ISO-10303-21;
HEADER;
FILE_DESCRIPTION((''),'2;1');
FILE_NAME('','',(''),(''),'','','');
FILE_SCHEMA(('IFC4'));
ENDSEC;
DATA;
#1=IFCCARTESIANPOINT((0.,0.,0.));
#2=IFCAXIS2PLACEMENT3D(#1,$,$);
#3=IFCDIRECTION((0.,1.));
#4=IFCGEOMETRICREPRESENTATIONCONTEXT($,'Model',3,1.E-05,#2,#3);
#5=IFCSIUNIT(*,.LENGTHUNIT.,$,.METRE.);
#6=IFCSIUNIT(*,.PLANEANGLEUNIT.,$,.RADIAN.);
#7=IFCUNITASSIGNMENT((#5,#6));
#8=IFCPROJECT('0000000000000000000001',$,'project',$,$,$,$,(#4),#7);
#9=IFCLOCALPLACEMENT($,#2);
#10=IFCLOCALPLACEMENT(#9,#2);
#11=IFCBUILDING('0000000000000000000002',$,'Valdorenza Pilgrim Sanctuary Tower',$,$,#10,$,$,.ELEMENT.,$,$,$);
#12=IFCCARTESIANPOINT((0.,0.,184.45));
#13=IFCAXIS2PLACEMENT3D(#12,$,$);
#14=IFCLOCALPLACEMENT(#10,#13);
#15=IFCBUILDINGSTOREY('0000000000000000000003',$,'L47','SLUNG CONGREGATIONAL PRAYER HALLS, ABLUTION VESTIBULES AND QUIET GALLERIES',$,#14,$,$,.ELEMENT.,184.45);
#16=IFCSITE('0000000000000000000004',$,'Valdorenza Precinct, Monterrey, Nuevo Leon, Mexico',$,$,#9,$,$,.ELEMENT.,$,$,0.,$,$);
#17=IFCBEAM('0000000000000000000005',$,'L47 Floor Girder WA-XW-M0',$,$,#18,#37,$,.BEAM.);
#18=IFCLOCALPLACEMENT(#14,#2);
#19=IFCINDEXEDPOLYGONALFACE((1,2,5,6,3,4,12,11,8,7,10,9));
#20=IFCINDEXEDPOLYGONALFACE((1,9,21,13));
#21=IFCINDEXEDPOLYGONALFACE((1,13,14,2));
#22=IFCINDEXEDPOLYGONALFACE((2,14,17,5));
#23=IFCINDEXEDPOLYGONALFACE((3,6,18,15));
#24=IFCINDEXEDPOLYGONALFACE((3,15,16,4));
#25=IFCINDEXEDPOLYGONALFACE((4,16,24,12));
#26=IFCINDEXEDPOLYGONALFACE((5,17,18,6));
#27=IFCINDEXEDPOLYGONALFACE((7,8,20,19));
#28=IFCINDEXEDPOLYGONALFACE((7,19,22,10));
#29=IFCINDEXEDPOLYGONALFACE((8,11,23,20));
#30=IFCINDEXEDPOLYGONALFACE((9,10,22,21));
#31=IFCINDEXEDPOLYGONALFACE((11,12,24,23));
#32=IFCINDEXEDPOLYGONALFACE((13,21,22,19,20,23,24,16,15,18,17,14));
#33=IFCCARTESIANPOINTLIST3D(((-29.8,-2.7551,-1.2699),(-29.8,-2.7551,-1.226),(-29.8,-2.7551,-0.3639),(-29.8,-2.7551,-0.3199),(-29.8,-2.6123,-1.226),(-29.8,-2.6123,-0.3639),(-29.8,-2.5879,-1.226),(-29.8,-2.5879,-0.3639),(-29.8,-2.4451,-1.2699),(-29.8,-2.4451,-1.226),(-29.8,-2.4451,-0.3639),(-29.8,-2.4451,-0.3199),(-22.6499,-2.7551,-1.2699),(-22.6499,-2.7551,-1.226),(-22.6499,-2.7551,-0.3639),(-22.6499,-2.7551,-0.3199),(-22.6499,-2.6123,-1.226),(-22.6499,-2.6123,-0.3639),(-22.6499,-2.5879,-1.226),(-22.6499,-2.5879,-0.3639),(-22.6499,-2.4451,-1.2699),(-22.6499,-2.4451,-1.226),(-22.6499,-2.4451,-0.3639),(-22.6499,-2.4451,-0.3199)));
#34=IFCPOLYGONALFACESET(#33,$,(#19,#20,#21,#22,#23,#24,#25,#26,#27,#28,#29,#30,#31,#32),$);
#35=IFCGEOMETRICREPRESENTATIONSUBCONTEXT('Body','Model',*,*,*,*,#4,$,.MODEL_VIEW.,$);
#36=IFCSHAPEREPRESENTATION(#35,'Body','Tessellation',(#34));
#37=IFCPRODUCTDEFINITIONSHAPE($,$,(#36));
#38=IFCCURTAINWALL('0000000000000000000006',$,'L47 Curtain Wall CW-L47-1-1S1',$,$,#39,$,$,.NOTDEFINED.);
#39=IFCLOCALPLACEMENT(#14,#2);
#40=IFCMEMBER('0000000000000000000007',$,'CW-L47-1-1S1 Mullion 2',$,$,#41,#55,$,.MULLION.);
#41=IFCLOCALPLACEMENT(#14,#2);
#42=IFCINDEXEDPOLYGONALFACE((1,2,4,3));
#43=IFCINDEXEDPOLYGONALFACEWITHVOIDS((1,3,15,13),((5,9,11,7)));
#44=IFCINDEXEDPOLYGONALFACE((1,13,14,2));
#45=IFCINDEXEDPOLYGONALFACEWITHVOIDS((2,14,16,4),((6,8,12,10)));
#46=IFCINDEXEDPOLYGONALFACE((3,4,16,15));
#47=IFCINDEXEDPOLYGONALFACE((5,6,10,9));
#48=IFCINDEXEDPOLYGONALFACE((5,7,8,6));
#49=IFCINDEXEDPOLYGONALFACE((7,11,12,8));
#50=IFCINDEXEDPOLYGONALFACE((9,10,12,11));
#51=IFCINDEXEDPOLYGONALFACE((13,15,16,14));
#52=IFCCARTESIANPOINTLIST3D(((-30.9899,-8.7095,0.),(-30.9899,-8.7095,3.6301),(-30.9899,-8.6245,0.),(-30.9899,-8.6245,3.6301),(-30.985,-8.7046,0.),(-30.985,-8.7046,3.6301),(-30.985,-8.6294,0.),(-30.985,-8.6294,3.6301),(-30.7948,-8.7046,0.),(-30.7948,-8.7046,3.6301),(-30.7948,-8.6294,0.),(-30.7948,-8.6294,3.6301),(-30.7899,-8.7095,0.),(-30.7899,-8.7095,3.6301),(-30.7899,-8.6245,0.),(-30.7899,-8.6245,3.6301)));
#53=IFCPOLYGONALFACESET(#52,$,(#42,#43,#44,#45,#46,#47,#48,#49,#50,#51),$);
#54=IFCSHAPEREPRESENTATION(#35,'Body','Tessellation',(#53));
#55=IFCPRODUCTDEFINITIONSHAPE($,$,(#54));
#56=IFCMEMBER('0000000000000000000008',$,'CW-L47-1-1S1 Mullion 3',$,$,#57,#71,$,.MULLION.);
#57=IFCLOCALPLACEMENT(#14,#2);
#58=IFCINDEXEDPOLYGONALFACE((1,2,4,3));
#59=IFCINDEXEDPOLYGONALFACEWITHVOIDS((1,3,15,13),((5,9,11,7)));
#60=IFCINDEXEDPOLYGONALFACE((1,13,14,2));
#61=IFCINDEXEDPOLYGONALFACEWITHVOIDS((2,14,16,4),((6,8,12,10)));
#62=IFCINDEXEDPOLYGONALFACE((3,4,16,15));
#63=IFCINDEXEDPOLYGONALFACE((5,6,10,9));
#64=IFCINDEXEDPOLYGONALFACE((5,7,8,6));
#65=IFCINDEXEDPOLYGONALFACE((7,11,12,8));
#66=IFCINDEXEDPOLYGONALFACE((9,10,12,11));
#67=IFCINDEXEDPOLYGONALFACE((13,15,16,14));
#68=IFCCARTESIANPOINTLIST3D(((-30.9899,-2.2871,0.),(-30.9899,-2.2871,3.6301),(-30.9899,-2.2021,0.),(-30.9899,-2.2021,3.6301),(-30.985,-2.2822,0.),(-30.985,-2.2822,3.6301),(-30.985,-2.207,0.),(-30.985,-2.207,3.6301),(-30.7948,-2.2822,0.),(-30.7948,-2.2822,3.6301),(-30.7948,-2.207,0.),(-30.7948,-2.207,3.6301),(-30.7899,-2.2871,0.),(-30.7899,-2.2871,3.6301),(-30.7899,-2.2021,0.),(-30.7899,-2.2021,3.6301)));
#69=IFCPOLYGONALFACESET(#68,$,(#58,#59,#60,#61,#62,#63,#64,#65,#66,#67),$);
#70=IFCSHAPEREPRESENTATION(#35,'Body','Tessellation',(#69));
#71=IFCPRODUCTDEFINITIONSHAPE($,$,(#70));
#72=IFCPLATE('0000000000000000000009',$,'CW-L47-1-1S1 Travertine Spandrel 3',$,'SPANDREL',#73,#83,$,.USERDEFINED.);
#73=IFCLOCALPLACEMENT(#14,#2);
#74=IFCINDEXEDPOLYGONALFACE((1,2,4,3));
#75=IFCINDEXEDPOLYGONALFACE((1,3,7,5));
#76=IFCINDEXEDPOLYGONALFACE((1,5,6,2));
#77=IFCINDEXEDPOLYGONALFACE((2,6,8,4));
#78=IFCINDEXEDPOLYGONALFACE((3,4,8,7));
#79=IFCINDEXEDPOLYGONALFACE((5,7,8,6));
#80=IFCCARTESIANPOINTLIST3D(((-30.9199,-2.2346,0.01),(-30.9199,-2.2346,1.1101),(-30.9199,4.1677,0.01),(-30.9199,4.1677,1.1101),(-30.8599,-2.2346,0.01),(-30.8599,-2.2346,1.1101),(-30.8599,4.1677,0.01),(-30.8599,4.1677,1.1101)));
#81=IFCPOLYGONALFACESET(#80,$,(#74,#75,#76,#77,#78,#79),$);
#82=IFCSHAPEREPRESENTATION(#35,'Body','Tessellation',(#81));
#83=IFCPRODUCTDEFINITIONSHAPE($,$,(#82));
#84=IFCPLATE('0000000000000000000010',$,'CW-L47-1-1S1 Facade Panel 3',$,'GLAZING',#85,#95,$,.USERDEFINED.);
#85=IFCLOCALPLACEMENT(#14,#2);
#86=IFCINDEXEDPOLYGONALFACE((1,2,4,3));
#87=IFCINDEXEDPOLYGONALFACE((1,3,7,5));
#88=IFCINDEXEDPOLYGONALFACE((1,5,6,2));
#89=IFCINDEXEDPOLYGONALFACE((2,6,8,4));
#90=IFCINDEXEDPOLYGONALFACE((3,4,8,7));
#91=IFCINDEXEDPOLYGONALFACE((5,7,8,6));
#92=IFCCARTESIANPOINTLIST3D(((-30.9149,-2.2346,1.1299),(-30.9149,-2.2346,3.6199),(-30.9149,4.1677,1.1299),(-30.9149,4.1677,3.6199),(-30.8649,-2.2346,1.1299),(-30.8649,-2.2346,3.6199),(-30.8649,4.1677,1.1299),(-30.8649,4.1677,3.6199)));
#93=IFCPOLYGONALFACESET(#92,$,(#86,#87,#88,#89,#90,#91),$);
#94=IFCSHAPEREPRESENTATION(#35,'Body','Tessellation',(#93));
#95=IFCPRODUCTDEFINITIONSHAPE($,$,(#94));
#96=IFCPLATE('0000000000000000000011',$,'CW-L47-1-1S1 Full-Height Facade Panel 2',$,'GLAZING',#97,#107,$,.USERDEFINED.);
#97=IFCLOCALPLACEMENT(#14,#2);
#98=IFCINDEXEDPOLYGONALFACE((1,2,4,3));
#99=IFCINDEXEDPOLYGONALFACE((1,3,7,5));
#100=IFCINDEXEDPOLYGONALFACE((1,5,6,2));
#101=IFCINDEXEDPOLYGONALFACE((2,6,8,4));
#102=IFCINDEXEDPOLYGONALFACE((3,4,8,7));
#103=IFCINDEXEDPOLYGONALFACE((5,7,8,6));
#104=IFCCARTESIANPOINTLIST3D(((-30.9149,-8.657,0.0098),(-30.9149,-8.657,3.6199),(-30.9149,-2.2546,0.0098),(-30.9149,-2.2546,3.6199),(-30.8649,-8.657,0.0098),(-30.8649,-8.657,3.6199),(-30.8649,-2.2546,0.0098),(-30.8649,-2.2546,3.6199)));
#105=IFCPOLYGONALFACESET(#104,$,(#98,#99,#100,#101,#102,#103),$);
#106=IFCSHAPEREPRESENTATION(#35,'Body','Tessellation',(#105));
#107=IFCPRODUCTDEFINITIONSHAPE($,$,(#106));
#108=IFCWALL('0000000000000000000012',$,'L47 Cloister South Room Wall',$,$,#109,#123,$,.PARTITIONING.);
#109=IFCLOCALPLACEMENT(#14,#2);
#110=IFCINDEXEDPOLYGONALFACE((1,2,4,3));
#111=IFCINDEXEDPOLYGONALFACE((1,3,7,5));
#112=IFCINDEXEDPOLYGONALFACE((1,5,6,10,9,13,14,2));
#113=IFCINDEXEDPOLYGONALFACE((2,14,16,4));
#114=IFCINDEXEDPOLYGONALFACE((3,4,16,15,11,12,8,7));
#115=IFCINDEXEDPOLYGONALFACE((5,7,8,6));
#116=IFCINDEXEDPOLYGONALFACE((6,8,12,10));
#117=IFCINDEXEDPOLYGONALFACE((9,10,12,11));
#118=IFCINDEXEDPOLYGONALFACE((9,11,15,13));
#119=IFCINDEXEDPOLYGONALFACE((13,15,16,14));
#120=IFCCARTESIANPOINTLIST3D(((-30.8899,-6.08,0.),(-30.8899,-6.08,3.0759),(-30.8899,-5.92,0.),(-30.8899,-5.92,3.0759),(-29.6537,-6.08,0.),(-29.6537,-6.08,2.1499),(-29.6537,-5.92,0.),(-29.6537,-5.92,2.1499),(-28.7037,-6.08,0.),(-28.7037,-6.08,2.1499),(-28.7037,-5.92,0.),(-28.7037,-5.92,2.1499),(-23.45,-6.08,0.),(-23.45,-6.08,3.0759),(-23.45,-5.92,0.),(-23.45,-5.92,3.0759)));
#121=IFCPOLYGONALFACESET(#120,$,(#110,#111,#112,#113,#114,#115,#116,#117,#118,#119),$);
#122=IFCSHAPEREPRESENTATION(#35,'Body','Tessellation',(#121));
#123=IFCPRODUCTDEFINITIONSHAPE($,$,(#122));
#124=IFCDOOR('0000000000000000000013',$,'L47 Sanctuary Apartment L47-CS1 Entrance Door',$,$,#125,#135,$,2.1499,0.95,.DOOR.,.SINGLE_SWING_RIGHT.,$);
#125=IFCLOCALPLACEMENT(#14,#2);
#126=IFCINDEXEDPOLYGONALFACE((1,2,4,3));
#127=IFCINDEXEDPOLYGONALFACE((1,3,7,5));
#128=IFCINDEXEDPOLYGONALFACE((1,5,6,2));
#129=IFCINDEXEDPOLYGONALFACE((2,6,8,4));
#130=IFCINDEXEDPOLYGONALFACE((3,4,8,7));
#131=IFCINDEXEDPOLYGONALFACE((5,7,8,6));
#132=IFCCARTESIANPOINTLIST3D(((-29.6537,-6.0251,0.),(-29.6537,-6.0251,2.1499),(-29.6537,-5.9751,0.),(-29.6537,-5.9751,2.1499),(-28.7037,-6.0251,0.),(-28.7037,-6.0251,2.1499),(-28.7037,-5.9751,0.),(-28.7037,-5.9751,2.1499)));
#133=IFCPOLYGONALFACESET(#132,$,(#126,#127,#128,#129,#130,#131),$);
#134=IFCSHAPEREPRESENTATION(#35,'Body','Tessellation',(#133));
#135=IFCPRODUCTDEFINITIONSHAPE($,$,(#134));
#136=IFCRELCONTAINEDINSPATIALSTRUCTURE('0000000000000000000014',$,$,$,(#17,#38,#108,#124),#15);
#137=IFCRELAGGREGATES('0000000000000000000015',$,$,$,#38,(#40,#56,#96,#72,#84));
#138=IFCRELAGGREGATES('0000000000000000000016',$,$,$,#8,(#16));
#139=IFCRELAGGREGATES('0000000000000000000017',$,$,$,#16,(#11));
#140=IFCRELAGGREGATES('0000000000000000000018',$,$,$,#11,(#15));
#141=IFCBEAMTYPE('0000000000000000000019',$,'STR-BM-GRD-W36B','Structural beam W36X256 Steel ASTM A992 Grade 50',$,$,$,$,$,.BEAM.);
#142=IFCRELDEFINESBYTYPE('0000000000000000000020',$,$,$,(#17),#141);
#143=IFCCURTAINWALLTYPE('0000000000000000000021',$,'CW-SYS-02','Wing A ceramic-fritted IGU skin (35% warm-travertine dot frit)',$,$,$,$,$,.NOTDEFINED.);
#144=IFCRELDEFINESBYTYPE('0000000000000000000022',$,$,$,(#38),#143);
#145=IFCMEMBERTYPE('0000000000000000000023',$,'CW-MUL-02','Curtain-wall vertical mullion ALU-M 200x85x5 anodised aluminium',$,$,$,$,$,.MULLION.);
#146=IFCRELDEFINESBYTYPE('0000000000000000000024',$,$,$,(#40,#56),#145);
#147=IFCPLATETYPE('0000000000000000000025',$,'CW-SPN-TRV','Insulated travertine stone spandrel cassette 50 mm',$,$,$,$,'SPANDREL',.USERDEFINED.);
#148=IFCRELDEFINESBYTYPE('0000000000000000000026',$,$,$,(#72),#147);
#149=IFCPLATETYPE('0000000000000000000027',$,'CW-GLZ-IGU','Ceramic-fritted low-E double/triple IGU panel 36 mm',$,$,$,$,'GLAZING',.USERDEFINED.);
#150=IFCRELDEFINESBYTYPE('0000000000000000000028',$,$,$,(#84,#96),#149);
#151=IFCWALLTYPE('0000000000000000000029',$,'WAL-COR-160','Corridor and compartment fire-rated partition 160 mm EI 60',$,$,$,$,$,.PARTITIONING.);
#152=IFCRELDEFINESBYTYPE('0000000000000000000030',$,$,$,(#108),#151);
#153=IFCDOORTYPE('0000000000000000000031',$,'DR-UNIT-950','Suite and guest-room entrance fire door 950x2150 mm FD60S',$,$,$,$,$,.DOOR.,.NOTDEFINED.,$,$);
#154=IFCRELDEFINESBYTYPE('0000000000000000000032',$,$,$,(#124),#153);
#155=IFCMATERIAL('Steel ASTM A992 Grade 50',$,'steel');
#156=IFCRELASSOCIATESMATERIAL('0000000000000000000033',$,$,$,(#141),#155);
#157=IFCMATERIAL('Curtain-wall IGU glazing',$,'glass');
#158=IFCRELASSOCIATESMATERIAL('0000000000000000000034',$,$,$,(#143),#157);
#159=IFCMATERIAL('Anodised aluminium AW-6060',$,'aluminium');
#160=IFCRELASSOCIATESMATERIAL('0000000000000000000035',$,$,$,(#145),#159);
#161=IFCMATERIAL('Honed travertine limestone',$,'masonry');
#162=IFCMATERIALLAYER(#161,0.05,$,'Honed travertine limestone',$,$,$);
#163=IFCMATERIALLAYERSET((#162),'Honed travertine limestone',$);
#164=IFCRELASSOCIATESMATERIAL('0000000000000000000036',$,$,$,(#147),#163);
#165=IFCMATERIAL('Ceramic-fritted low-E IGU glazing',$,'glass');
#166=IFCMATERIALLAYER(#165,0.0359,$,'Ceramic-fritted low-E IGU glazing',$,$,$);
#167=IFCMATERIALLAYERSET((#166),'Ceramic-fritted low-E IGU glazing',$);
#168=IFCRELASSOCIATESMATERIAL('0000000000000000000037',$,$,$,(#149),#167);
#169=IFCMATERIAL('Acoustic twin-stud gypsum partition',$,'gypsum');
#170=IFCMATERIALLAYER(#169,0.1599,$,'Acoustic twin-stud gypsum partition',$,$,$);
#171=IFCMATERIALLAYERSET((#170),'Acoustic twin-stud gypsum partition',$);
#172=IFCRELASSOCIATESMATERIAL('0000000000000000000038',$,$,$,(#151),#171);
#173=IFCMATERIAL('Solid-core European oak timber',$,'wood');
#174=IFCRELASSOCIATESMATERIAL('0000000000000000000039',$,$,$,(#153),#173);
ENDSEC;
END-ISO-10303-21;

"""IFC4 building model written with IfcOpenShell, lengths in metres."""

from ifc_helpers import new_model, si_unit, direction, frame, frame_2d, origin, origin_2d, place, context, subcontext, project, spatial, rectangle, hollow_rectangle, i_section, extrude, source, transform, mapped, material, layer, layer_set, material_profile, profile_set, type_object, element, fill, aggregate, save


model = new_model("IFC4")

# Units and contexts
model_context = context("Model", 3, precision=1e-05, world=origin(), true_north=direction((0.0, 1.0)))
body_context = subcontext(model_context, "Body", "Model", "MODEL_VIEW")
ifc_project = project(units=[si_unit("LENGTHUNIT", "METRE"), si_unit("PLANEANGLEUNIT", "RADIAN")], contexts=[model_context])

# Site, building, storey
site_placement = place(None, origin())
site = spatial("IfcSite", under=ifc_project, at=site_placement, Name="Valdorenza Precinct, Monterrey, Nuevo Leon, Mexico", CompositionType="ELEMENT", RefElevation=0.0)
building_placement = place(site_placement, origin())
building = spatial("IfcBuilding", under=site, at=building_placement, Name="Valdorenza Pilgrim Sanctuary Tower", CompositionType="ELEMENT")
storey_placement = place(building_placement, frame((0.0, 0.0, 184.45)))
storey = spatial("IfcBuildingStorey", under=building, at=storey_placement, Name="L47", Description="SLUNG CONGREGATIONAL PRAYER HALLS, ABLUTION VESTIBULES AND QUIET GALLERIES", CompositionType="ELEMENT", Elevation=184.45)

# Beam
ifc_material_1 = material(Name="Steel ASTM A992 Grade 50", Category="steel")
ifc_material_profile_1 = material_profile(ifc_material_1, i_section(OverallWidth=0.3101, OverallDepth=0.95, WebThickness=0.0244, FlangeThickness=0.0439, at=origin_2d()), Name="W36X256")
ifc_profile_set_1 = profile_set([ifc_material_profile_1], Name="Steel ASTM A992 Grade 50")
beam_type_1 = type_object("IfcBeamType", Name="STR-BM-GRD-W36B", Description="Structural beam W36X256 Steel ASTM A992 Grade 50", PredefinedType="BEAM", material=ifc_profile_set_1)
shared_shape_1 = source(origin(), body_context, "Body", "SweptSolid", [
    extrude(i_section(OverallWidth=0.3101, OverallDepth=0.95, WebThickness=0.0244, FlangeThickness=0.0439, at=origin_2d()), origin(), (0.0, 0.0, 1.0), 7.1501),
])
beam_1_placement = place(storey_placement, frame((-29.8, -2.6001, -0.7949), z_axis=(1.0, 0.0, 0.0), x_axis=(0.0, 1.0, 0.0)))
element("IfcBeam", 1, at=beam_1_placement, inside=storey, type_object=beam_type_1, Name="L47 Floor Girder WA-XW-M0", PredefinedType="BEAM", context=body_context, shape_type="MappedRepresentation", body=[
    mapped(shared_shape_1, transform((0.0, 0.0, 0.0), x_axis=(1.0, 0.0, 0.0), y_axis=(0.0, 1.0, 0.0), z_axis=(0.0, 0.0, 1.0), scale=1.0)),
])

# Curtain wall, members, plates
ifc_material_2 = material(Name="Curtain-wall IGU glazing", Category="glass")
curtain_wall_type = type_object("IfcCurtainWallType", Name="CW-SYS-02", Description="Wing A ceramic-fritted IGU skin (35% warm-travertine dot frit)", PredefinedType="NOTDEFINED", material=ifc_material_2)
curtain_wall_placement = place(storey_placement, origin())
curtain_wall = element("IfcCurtainWall", 2, at=curtain_wall_placement, inside=storey, type_object=curtain_wall_type, Name="L47 Curtain Wall CW-L47-1-1S1", PredefinedType="NOTDEFINED")
ifc_material_3 = material(Name="Anodised aluminium AW-6060", Category="aluminium")
ifc_material_profile_2 = material_profile(ifc_material_3, hollow_rectangle(XDim=0.085, YDim=0.2, WallThickness=0.0049, at=origin_2d()), Name="ALU-M 200x85x5")
ifc_profile_set_2 = profile_set([ifc_material_profile_2], Name="Anodised aluminium AW-6060")
member_type = type_object("IfcMemberType", Name="CW-MUL-02", Description="Curtain-wall vertical mullion ALU-M 200x85x5 anodised aluminium", PredefinedType="MULLION", material=ifc_profile_set_2)
shared_shape_2 = source(origin(), body_context, "Body", "SweptSolid", [
    extrude(hollow_rectangle(XDim=0.085, YDim=0.2, WallThickness=0.0049, at=origin_2d()), origin(), (0.0, 0.0, 1.0), 3.6301),
])
member_1_placement = place(storey_placement, frame((-30.8899, -8.667, 0.0), z_axis=(0.0, 0.0, 1.0), x_axis=(0.0, 1.0, 0.0)))
member_1 = element("IfcMember", 3, at=member_1_placement, type_object=member_type, Name="CW-L47-1-1S1 Mullion 2", PredefinedType="MULLION", context=body_context, shape_type="MappedRepresentation", body=[
    mapped(shared_shape_2, transform((0.0, 0.0, 0.0), x_axis=(1.0, 0.0, 0.0), y_axis=(0.0, 1.0, 0.0), z_axis=(0.0, 0.0, 1.0), scale=1.0)),
])
member_2_placement = place(storey_placement, frame((-30.8899, -2.2446, 0.0), z_axis=(0.0, 0.0, 1.0), x_axis=(0.0, 1.0, 0.0)))
member_2 = element("IfcMember", 4, at=member_2_placement, type_object=member_type, Name="CW-L47-1-1S1 Mullion 3", PredefinedType="MULLION", context=body_context, shape_type="MappedRepresentation", body=[
    mapped(shared_shape_2, transform((0.0, 0.0, 0.0), x_axis=(1.0, 0.0, 0.0), y_axis=(0.0, 1.0, 0.0), z_axis=(0.0, 0.0, 1.0), scale=1.0)),
])
ifc_material_4 = material(Name="Honed travertine limestone", Category="masonry")
ifc_layer_1 = layer(ifc_material_4, 0.05, Name="Honed travertine limestone")
ifc_layer_set_1 = layer_set([ifc_layer_1], Name="Honed travertine limestone")
plate_type_1 = type_object("IfcPlateType", Name="CW-SPN-TRV", Description="Insulated travertine stone spandrel cassette 50 mm", ElementType="SPANDREL", PredefinedType="USERDEFINED", material=ifc_layer_set_1)
shared_shape_3 = source(origin(), body_context, "Body", "SweptSolid", [
    extrude(rectangle(XDim=6.4023, YDim=0.0601, at=origin_2d()), origin(), (0.0, 0.0, 1.0), 1.1001),
])
plate_1_placement = place(storey_placement, frame((-30.8899, 0.9666, 0.01), z_axis=(0.0, 0.0, 1.0), x_axis=(0.0, 1.0, 0.0)))
plate_1 = element("IfcPlate", 5, at=plate_1_placement, type_object=plate_type_1, Name="CW-L47-1-1S1 Travertine Spandrel 3", ObjectType="SPANDREL", PredefinedType="USERDEFINED", context=body_context, shape_type="MappedRepresentation", body=[
    mapped(shared_shape_3, transform((0.0, 0.0, 0.0), x_axis=(1.0, 0.0, 0.0), y_axis=(0.0, 1.0, 0.0), z_axis=(0.0, 0.0, 1.0), scale=1.0)),
])
ifc_material_5 = material(Name="Ceramic-fritted low-E IGU glazing", Category="glass")
ifc_layer_2 = layer(ifc_material_5, 0.0359, Name="Ceramic-fritted low-E IGU glazing")
ifc_layer_set_2 = layer_set([ifc_layer_2], Name="Ceramic-fritted low-E IGU glazing")
plate_type_2 = type_object("IfcPlateType", Name="CW-GLZ-IGU", Description="Ceramic-fritted low-E double/triple IGU panel 36 mm", ElementType="GLAZING", PredefinedType="USERDEFINED", material=ifc_layer_set_2)
shared_shape_4 = source(origin(), body_context, "Body", "SweptSolid", [
    extrude(rectangle(XDim=6.4023, YDim=0.05, at=origin_2d()), origin(), (0.0, 0.0, 1.0), 2.49),
])
plate_2_placement = place(storey_placement, frame((-30.8899, 0.9666, 1.1299), z_axis=(0.0, 0.0, 1.0), x_axis=(0.0, 1.0, 0.0)))
plate_2 = element("IfcPlate", 6, at=plate_2_placement, type_object=plate_type_2, Name="CW-L47-1-1S1 Facade Panel 3", ObjectType="GLAZING", PredefinedType="USERDEFINED", context=body_context, shape_type="MappedRepresentation", body=[
    mapped(shared_shape_4, transform((0.0, 0.0, 0.0), x_axis=(1.0, 0.0, 0.0), y_axis=(0.0, 1.0, 0.0), z_axis=(0.0, 0.0, 1.0), scale=1.0)),
])
shared_shape_5 = source(origin(), body_context, "Body", "SweptSolid", [
    extrude(rectangle(XDim=6.4023, YDim=0.05, at=origin_2d()), origin(), (0.0, 0.0, 1.0), 3.6101),
])
plate_3_placement = place(storey_placement, frame((-30.8899, -5.4558, 0.0098), z_axis=(0.0, 0.0, 1.0), x_axis=(0.0, 1.0, 0.0)))
plate_3 = element("IfcPlate", 7, at=plate_3_placement, type_object=plate_type_2, Name="CW-L47-1-1S1 Full-Height Facade Panel 2", ObjectType="GLAZING", PredefinedType="USERDEFINED", context=body_context, shape_type="MappedRepresentation", body=[
    mapped(shared_shape_5, transform((0.0, 0.0, 0.0), x_axis=(1.0, 0.0, 0.0), y_axis=(0.0, 1.0, 0.0), z_axis=(0.0, 0.0, 1.0), scale=1.0)),
])
aggregate(curtain_wall, [member_1, member_2, plate_3, plate_1, plate_2])

# Wall, opening, door
ifc_material_6 = material(Name="Acoustic twin-stud gypsum partition", Category="gypsum")
ifc_layer_3 = layer(ifc_material_6, 0.1599, Name="Acoustic twin-stud gypsum partition")
ifc_layer_set_3 = layer_set([ifc_layer_3], Name="Acoustic twin-stud gypsum partition")
wall_type = type_object("IfcWallType", Name="WAL-COR-160", Description="Corridor and compartment fire-rated partition 160 mm EI 60", PredefinedType="PARTITIONING", material=ifc_layer_set_3)
wall_1_placement = place(storey_placement, frame((-30.8899, -6.0, 0.0), z_axis=(0.0, 0.0, 1.0), x_axis=(1.0, 0.0, 0.0)))
wall_1 = element("IfcWall", 8, at=wall_1_placement, inside=storey, type_object=wall_type, Name="L47 Cloister South Room Wall", PredefinedType="PARTITIONING", context=body_context, shape_type="SweptSolid", body=[
    extrude(rectangle(XDim=7.4399, YDim=0.1599, at=frame_2d((3.72, 0.0))), origin(), (0.0, 0.0, 1.0), 3.0759),
])
opening_1_placement = place(wall_1_placement, frame((1.2361, 0.0, 0.0)))
opening_1 = element("IfcOpeningElement", 9, at=opening_1_placement, cuts=wall_1, PredefinedType="OPENING", context=body_context, shape_type="SweptSolid", body=[
    extrude(rectangle(XDim=0.95, YDim=2.1499, at=frame_2d((0.4751, 1.075))), frame((0.0, 0.0947, 0.0), z_axis=(0.0, -1.0, 0.0), x_axis=(1.0, 0.0, 0.0)), (0.0, 0.0, 1.0), 0.1897),
])
ifc_material_7 = material(Name="Solid-core European oak timber", Category="wood")
door_type_1 = type_object("IfcDoorType", Name="DR-UNIT-950", Description="Suite and guest-room entrance fire door 950x2150 mm FD60S", OperationType="NOTDEFINED", PredefinedType="DOOR", material=ifc_material_7)
door_1_placement = place(opening_1_placement, origin())
door_1 = element("IfcDoor", 10, at=door_1_placement, inside=storey, type_object=door_type_1, Name="L47 Sanctuary Apartment L47-CS1 Entrance Door", OperationType="SINGLE_SWING_RIGHT", OverallHeight=2.1499, OverallWidth=0.95, PredefinedType="DOOR", context=body_context, shape_type="SweptSolid", body=[
    extrude(rectangle(XDim=0.95, YDim=2.1499, at=frame_2d((0.4751, 1.075))), frame((0.0, 0.0249, 0.0), z_axis=(0.0, -1.0, 0.0), x_axis=(1.0, 0.0, 0.0)), (0.0, 0.0, 1.0), 0.05),
])
fill(opening_1, door_1)

save(model, "model.ifc")
